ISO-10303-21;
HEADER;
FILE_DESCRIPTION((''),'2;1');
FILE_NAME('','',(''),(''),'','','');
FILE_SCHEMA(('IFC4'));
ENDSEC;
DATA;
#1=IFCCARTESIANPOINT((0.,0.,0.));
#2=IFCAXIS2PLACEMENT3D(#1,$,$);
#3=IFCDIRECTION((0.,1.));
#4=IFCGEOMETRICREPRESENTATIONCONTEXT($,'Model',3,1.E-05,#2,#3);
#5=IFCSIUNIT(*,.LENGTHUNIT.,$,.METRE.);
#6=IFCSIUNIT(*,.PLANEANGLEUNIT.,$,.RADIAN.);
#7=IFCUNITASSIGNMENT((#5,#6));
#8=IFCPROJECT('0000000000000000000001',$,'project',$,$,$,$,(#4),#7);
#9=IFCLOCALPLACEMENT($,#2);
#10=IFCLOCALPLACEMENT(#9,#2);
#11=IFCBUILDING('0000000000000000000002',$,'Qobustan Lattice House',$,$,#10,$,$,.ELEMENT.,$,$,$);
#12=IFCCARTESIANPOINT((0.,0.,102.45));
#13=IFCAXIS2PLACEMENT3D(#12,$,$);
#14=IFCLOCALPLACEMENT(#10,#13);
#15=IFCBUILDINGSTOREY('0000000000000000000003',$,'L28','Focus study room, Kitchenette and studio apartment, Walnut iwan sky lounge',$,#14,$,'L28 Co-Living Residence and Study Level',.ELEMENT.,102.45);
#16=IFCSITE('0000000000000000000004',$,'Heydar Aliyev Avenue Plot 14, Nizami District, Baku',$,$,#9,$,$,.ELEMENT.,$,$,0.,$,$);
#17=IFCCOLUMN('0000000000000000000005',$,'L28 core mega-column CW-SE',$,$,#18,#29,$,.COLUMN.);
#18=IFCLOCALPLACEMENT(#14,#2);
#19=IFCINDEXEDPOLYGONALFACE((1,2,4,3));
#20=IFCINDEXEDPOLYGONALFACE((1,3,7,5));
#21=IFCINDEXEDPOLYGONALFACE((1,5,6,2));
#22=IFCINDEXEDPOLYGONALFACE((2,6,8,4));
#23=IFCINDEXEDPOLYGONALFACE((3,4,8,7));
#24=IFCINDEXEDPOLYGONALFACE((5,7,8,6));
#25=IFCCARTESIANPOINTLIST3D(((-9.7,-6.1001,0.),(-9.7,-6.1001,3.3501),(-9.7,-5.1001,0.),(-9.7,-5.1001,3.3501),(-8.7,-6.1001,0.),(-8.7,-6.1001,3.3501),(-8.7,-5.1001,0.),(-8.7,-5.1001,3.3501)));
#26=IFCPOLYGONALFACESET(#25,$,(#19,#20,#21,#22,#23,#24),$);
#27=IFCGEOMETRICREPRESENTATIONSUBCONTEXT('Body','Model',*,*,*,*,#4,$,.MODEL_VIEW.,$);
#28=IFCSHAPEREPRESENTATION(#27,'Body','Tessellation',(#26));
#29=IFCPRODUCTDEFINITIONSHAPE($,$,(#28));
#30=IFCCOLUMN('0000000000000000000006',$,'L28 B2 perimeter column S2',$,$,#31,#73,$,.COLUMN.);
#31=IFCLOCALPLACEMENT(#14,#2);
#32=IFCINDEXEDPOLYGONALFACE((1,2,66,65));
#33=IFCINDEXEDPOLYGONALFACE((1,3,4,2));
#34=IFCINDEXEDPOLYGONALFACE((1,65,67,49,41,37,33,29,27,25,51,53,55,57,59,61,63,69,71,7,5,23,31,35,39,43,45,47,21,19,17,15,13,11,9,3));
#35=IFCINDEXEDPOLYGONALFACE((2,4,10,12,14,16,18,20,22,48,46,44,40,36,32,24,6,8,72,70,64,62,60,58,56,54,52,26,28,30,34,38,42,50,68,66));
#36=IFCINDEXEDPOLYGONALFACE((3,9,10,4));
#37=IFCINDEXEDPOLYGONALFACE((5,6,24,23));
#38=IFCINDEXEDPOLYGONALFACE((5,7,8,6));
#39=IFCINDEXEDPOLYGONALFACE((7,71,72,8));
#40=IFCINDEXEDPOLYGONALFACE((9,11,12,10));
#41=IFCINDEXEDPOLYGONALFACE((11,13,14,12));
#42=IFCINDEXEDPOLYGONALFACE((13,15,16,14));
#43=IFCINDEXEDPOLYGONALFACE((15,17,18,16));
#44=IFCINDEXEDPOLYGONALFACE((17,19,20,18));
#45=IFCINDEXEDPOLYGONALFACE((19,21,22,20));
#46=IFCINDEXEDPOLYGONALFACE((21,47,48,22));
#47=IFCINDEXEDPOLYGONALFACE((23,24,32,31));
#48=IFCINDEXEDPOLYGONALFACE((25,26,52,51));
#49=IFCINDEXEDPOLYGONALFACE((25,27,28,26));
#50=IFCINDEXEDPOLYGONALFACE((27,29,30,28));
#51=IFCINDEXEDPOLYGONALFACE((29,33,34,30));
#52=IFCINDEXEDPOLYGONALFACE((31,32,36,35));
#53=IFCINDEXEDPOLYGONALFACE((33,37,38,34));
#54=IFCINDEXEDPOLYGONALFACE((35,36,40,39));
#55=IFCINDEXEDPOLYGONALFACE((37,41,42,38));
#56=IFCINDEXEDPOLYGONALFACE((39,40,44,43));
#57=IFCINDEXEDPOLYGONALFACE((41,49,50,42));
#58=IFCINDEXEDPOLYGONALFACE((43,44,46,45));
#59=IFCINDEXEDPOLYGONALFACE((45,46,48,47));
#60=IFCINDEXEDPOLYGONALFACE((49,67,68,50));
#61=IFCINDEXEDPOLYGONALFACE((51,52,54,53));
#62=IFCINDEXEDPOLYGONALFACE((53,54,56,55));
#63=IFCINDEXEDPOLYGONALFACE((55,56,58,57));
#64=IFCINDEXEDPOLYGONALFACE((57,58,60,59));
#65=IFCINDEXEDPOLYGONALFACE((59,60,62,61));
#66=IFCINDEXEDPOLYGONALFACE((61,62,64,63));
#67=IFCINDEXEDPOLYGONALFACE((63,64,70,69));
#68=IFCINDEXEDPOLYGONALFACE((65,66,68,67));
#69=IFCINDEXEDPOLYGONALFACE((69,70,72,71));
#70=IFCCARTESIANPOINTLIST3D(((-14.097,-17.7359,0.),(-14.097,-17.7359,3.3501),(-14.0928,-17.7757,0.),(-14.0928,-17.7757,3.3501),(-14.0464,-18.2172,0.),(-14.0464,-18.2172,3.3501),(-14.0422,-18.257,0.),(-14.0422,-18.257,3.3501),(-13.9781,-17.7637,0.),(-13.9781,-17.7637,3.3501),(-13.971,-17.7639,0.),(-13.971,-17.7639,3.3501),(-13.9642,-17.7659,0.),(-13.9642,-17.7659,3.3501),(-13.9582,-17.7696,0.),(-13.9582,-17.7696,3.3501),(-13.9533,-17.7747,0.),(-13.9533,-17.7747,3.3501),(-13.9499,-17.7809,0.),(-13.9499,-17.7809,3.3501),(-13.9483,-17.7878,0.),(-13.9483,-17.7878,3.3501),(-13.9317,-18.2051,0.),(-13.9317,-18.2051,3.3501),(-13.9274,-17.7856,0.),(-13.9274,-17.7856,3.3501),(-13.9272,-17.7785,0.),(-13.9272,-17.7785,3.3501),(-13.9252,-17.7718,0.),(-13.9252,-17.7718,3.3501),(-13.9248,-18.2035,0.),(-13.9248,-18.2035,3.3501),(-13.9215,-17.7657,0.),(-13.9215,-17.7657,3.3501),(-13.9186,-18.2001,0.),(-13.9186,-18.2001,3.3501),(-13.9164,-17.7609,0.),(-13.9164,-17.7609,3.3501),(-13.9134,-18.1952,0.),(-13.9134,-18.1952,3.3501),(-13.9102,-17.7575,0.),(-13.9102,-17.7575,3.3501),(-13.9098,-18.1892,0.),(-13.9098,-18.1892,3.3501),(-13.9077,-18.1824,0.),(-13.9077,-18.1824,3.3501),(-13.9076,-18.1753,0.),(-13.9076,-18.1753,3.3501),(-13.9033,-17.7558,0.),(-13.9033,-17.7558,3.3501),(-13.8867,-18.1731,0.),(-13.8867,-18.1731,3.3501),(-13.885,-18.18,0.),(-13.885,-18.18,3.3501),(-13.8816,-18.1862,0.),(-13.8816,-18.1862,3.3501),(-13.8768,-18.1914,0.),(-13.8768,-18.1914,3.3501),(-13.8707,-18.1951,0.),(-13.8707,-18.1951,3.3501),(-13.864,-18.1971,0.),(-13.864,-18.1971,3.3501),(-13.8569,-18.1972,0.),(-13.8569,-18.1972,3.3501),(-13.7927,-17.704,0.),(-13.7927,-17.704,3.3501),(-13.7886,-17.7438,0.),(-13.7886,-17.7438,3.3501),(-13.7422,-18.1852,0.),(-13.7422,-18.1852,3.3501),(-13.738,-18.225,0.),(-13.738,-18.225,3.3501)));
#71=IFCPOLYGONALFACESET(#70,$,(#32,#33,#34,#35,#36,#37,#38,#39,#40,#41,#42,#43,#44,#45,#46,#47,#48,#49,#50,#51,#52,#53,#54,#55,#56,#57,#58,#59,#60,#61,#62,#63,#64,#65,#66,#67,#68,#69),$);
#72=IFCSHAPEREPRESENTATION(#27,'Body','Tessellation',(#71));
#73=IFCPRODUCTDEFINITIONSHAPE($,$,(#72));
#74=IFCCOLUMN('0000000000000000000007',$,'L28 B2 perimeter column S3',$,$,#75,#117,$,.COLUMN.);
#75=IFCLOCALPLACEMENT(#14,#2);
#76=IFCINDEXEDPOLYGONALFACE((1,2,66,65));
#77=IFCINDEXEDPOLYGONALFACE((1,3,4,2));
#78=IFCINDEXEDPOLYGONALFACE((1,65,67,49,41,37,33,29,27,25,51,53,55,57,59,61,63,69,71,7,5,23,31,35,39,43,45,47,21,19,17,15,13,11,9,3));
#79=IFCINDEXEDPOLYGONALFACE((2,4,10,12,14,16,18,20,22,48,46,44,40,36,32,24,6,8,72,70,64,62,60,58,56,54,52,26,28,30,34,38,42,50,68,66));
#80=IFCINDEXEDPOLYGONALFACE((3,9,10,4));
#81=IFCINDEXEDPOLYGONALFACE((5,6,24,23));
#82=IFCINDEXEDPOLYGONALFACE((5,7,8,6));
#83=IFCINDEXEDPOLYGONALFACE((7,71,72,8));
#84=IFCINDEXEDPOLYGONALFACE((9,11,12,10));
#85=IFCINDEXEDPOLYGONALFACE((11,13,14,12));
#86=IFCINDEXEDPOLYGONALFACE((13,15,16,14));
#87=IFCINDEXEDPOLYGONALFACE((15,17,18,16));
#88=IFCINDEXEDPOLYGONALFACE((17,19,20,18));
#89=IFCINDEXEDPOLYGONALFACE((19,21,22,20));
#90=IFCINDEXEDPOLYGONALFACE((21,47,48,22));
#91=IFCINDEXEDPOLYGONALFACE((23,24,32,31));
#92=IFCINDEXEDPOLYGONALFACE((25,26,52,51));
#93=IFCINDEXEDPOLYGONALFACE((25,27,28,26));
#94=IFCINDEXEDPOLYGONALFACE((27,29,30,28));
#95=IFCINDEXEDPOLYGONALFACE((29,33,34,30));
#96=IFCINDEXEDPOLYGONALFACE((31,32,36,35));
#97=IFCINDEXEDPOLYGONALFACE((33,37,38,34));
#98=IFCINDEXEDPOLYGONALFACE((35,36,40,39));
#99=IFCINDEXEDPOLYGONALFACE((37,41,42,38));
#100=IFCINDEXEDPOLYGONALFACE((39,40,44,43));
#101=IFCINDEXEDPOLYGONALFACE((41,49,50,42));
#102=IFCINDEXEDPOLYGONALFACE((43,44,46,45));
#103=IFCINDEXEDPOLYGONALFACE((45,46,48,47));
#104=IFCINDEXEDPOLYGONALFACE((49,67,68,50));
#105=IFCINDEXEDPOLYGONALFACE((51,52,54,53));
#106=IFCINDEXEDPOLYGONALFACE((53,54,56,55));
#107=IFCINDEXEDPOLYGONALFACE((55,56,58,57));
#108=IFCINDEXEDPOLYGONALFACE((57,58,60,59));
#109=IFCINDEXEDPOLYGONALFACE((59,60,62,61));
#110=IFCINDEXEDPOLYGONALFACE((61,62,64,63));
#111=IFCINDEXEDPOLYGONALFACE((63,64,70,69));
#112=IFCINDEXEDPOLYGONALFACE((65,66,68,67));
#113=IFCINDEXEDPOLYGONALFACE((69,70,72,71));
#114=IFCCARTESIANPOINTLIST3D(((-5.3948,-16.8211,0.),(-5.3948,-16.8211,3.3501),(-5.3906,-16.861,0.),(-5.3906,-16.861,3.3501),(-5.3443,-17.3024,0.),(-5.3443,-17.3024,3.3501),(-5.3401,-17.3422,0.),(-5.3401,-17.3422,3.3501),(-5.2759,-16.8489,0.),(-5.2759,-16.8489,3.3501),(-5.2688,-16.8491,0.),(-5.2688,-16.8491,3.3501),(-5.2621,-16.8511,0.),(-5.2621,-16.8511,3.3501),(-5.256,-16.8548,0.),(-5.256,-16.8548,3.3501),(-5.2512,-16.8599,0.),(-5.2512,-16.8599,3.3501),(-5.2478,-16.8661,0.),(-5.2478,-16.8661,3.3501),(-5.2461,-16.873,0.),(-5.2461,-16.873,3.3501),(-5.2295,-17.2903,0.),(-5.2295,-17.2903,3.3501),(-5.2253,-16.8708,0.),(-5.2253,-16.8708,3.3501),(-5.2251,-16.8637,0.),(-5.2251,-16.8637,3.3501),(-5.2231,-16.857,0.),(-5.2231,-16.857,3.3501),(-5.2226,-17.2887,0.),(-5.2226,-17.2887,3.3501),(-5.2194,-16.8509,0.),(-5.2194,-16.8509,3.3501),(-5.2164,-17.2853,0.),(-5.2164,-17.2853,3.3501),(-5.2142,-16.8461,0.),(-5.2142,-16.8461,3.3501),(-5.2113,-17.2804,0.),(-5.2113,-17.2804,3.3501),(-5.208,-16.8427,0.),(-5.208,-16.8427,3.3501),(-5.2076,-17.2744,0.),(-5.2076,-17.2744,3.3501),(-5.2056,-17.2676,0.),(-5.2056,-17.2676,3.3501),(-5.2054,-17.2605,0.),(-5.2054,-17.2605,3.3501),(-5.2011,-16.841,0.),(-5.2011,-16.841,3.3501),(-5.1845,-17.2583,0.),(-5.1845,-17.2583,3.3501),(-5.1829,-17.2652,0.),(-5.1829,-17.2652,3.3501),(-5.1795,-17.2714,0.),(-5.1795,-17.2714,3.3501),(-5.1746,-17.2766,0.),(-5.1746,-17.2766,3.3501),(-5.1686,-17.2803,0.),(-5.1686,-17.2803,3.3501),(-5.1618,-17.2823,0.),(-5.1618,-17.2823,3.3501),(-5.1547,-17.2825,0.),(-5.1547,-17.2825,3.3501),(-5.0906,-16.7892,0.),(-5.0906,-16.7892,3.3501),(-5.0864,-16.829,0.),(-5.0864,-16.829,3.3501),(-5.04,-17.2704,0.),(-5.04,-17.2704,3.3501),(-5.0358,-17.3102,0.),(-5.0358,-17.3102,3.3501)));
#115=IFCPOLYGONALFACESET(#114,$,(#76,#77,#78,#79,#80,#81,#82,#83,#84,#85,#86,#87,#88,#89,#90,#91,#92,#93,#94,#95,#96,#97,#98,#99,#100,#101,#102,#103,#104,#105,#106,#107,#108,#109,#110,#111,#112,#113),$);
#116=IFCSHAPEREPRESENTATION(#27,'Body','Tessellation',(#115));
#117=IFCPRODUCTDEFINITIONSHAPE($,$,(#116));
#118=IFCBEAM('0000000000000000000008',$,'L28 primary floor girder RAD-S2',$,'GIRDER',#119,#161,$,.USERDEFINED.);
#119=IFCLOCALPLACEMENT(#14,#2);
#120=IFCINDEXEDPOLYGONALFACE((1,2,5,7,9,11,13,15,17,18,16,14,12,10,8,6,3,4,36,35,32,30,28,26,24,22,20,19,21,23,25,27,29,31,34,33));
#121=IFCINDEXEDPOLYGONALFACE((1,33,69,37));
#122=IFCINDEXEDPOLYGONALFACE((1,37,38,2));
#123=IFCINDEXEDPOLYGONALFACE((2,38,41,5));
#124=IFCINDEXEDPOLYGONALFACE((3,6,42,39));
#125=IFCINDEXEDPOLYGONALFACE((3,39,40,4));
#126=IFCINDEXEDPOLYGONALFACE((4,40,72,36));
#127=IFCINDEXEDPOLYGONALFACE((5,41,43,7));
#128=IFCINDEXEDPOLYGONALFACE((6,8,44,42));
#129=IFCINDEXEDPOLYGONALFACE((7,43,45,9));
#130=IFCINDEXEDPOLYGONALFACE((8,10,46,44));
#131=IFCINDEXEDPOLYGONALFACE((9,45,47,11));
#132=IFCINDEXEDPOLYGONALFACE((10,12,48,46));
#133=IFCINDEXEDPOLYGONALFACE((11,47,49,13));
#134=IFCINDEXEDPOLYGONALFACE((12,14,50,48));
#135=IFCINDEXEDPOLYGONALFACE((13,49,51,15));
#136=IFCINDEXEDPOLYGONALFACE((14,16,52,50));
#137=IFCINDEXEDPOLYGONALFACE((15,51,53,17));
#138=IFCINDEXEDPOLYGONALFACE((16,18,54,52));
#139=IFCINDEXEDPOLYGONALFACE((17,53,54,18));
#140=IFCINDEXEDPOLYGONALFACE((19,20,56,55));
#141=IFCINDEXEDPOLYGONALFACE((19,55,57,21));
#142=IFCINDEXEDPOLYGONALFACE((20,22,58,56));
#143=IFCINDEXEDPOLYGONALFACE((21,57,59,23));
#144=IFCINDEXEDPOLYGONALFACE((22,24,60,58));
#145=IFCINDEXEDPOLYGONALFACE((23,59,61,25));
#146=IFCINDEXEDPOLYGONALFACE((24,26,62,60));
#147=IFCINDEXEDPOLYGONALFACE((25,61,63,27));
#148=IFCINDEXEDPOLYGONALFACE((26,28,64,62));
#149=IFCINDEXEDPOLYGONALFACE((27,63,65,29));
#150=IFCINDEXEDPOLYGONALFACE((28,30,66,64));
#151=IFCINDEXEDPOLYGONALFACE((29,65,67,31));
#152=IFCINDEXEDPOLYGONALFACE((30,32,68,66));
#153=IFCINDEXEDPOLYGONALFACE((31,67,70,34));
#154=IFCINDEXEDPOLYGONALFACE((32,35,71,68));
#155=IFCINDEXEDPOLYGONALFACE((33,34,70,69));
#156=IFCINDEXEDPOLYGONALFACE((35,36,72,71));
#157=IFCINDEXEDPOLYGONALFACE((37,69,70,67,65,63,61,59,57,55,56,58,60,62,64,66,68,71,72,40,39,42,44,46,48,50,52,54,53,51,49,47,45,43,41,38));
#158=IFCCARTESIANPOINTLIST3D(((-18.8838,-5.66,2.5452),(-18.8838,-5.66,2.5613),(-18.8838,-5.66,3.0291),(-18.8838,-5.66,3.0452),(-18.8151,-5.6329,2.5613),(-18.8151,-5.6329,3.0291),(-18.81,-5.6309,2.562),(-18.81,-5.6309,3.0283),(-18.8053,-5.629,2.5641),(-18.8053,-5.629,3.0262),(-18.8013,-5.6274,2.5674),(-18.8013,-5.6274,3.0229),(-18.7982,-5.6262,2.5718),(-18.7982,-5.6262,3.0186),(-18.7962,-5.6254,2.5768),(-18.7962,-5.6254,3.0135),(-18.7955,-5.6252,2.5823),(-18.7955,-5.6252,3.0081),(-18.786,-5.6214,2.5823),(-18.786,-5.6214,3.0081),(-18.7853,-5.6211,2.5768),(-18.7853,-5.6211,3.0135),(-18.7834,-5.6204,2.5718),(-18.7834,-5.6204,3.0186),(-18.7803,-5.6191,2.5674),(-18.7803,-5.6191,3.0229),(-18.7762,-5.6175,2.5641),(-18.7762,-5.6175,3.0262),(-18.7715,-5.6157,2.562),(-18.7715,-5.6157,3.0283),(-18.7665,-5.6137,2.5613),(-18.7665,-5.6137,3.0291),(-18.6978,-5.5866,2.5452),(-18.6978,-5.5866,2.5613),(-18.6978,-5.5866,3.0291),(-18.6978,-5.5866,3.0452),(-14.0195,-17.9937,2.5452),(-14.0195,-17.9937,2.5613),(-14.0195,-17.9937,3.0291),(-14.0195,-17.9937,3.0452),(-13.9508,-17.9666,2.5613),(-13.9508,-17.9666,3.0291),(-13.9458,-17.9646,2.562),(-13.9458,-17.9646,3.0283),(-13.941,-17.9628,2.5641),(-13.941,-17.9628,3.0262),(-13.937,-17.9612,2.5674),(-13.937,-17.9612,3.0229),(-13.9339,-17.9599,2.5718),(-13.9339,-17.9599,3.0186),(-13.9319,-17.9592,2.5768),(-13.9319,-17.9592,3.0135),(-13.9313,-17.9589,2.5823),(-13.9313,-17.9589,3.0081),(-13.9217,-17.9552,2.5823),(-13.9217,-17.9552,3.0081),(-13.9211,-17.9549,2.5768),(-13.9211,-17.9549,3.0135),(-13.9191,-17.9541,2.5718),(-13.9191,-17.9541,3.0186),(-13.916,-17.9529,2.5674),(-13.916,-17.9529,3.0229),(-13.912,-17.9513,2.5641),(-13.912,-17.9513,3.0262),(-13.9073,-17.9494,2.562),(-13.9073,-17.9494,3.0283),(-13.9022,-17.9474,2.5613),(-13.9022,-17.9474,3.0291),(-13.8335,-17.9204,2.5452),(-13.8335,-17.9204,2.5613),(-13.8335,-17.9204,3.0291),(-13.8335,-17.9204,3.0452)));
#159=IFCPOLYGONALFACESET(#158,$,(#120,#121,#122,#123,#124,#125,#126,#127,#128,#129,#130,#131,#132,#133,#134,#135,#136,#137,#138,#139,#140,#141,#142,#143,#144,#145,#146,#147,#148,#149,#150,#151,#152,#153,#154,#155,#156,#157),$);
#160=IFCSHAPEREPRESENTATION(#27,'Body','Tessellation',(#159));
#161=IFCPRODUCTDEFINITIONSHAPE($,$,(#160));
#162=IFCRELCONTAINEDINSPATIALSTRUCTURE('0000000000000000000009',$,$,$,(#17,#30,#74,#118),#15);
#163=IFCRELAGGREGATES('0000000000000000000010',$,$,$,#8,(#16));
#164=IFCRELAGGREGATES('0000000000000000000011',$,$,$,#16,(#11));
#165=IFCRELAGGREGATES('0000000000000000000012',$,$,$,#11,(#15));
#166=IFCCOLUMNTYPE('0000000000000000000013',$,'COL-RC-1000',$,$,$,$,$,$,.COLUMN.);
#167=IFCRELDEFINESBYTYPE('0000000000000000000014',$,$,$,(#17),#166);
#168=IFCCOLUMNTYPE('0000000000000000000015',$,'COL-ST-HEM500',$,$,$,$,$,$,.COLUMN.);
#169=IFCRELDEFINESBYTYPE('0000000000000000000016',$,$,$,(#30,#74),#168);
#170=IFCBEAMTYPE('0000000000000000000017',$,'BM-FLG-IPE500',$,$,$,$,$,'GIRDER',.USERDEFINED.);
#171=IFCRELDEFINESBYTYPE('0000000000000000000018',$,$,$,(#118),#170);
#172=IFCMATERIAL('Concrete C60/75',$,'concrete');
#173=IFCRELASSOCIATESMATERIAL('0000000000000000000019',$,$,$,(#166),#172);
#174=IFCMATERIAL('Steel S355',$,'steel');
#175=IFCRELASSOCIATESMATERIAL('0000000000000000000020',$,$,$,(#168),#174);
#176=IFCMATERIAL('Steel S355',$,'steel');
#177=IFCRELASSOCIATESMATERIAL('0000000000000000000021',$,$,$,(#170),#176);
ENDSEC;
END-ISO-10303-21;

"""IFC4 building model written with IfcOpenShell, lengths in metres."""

from ifc_helpers import new_model, si_unit, direction, frame, origin, origin_2d, place, context, subcontext, project, spatial, rectangle, i_section, extrude, material, material_profile, profile_set, type_object, element, save


model = new_model("IFC4")

# Units and contexts
model_context = context("Model", 3, precision=1e-05, world=origin(), true_north=direction((0.0, 1.0)))
body_context = subcontext(model_context, "Body", "Model", "MODEL_VIEW")
ifc_project = project(units=[si_unit("LENGTHUNIT", "METRE"), si_unit("PLANEANGLEUNIT", "RADIAN")], contexts=[model_context])

# Site, building, storey
site_placement = place(None, origin())
site = spatial("IfcSite", under=ifc_project, at=site_placement, Name="Heydar Aliyev Avenue Plot 14, Nizami District, Baku", CompositionType="ELEMENT", RefElevation=0.0)
building_placement = place(site_placement, origin())
building = spatial("IfcBuilding", under=site, at=building_placement, Name="Qobustan Lattice House", CompositionType="ELEMENT")
storey_placement = place(building_placement, frame((0.0, 0.0, 102.45)))
storey = spatial("IfcBuildingStorey", under=building, at=storey_placement, Name="L28", Description="Focus study room, Kitchenette and studio apartment, Walnut iwan sky lounge", LongName="L28 Co-Living Residence and Study Level", CompositionType="ELEMENT", Elevation=102.45)

# Columns
ifc_material_1 = material(Name="Concrete C60/75", Category="concrete")
ifc_material_profile_1 = material_profile(ifc_material_1, rectangle(XDim=1.0, YDim=1.0, at=origin_2d()), Name="RC1000x1000")
ifc_profile_set_1 = profile_set([ifc_material_profile_1], Name="Concrete C60/75")
column_type_1 = type_object("IfcColumnType", Name="COL-RC-1000", PredefinedType="COLUMN", material=ifc_profile_set_1)
column_placement = place(storey_placement, frame((-9.2, -5.6001, 0.0), z_axis=(0.0, 0.0, 1.0), x_axis=(1.0, 0.0, 0.0)))
element("IfcColumn", 1, at=column_placement, inside=storey, type_object=column_type_1, Name="L28 core mega-column CW-SE", PredefinedType="COLUMN", context=body_context, shape_type="SweptSolid", body=[
    extrude(rectangle(XDim=1.0, YDim=1.0, at=origin_2d()), origin(), (0.0, 0.0, 1.0), 3.3501),
])
ifc_material_2 = material(Name="Steel S355", Category="steel")
ifc_material_profile_2 = material_profile(ifc_material_2, i_section(OverallWidth=0.3059, OverallDepth=0.5239, WebThickness=0.021, FlangeThickness=0.04, FilletRadius=0.0271, at=origin_2d()), Name="HEM500")
ifc_profile_set_2 = profile_set([ifc_material_profile_2], Name="Steel S355")
column_type_2 = type_object("IfcColumnType", Name="COL-ST-HEM500", PredefinedType="COLUMN", material=ifc_profile_set_2)
for number, where, z_axis, x_axis, name in (
    (2, (-13.9175, -17.9805, 0.0), (0.0, 0.0, 1.0), (0.994522, 0.104528, 0.0), "L28 B2 perimeter column S2"),
    (3, (-5.2153, -17.0657, 0.0), (0.0, 0.0, 1.0), (0.994522, 0.104528, 0.0), "L28 B2 perimeter column S3"),
):
    element("IfcColumn", number, at=place(storey_placement, frame(where, z_axis=z_axis, x_axis=x_axis)), inside=storey, type_object=column_type_2, Name=name, PredefinedType="COLUMN", context=body_context, shape_type="SweptSolid", body=[
        extrude(i_section(OverallWidth=0.3059, OverallDepth=0.5239, WebThickness=0.021, FlangeThickness=0.04, FilletRadius=0.0271, at=origin_2d()), origin(), (0.0, 0.0, 1.0), 3.3501),
    ])

# Beam
ifc_material_3 = material(Name="Steel S355", Category="steel")
ifc_material_profile_3 = material_profile(ifc_material_3, i_section(OverallWidth=0.2, OverallDepth=0.5, WebThickness=0.0103, FlangeThickness=0.0161, FilletRadius=0.021, at=origin_2d()), Name="IPE500")
ifc_profile_set_3 = profile_set([ifc_material_profile_3], Name="Steel S355")
beam_type_1 = type_object("IfcBeamType", Name="BM-FLG-IPE500", ElementType="GIRDER", PredefinedType="USERDEFINED", material=ifc_profile_set_3)
beam_1_placement = place(storey_placement, frame((-13.9265, -17.957, 2.7952), z_axis=(-0.366884, 0.930267, 0.0), x_axis=(-0.930267, -0.366884, 0.0)))
element("IfcBeam", 4, at=beam_1_placement, inside=storey, type_object=beam_type_1, Name="L28 primary floor girder RAD-S2", ObjectType="GIRDER", PredefinedType="USERDEFINED", context=body_context, shape_type="SweptSolid", body=[
    extrude(i_section(OverallWidth=0.2, OverallDepth=0.5, WebThickness=0.0103, FlangeThickness=0.0161, FilletRadius=0.021, at=origin_2d()), origin(), (0.0, 0.0, 1.0), 13.2583),
])

save(model, "model.ifc")
